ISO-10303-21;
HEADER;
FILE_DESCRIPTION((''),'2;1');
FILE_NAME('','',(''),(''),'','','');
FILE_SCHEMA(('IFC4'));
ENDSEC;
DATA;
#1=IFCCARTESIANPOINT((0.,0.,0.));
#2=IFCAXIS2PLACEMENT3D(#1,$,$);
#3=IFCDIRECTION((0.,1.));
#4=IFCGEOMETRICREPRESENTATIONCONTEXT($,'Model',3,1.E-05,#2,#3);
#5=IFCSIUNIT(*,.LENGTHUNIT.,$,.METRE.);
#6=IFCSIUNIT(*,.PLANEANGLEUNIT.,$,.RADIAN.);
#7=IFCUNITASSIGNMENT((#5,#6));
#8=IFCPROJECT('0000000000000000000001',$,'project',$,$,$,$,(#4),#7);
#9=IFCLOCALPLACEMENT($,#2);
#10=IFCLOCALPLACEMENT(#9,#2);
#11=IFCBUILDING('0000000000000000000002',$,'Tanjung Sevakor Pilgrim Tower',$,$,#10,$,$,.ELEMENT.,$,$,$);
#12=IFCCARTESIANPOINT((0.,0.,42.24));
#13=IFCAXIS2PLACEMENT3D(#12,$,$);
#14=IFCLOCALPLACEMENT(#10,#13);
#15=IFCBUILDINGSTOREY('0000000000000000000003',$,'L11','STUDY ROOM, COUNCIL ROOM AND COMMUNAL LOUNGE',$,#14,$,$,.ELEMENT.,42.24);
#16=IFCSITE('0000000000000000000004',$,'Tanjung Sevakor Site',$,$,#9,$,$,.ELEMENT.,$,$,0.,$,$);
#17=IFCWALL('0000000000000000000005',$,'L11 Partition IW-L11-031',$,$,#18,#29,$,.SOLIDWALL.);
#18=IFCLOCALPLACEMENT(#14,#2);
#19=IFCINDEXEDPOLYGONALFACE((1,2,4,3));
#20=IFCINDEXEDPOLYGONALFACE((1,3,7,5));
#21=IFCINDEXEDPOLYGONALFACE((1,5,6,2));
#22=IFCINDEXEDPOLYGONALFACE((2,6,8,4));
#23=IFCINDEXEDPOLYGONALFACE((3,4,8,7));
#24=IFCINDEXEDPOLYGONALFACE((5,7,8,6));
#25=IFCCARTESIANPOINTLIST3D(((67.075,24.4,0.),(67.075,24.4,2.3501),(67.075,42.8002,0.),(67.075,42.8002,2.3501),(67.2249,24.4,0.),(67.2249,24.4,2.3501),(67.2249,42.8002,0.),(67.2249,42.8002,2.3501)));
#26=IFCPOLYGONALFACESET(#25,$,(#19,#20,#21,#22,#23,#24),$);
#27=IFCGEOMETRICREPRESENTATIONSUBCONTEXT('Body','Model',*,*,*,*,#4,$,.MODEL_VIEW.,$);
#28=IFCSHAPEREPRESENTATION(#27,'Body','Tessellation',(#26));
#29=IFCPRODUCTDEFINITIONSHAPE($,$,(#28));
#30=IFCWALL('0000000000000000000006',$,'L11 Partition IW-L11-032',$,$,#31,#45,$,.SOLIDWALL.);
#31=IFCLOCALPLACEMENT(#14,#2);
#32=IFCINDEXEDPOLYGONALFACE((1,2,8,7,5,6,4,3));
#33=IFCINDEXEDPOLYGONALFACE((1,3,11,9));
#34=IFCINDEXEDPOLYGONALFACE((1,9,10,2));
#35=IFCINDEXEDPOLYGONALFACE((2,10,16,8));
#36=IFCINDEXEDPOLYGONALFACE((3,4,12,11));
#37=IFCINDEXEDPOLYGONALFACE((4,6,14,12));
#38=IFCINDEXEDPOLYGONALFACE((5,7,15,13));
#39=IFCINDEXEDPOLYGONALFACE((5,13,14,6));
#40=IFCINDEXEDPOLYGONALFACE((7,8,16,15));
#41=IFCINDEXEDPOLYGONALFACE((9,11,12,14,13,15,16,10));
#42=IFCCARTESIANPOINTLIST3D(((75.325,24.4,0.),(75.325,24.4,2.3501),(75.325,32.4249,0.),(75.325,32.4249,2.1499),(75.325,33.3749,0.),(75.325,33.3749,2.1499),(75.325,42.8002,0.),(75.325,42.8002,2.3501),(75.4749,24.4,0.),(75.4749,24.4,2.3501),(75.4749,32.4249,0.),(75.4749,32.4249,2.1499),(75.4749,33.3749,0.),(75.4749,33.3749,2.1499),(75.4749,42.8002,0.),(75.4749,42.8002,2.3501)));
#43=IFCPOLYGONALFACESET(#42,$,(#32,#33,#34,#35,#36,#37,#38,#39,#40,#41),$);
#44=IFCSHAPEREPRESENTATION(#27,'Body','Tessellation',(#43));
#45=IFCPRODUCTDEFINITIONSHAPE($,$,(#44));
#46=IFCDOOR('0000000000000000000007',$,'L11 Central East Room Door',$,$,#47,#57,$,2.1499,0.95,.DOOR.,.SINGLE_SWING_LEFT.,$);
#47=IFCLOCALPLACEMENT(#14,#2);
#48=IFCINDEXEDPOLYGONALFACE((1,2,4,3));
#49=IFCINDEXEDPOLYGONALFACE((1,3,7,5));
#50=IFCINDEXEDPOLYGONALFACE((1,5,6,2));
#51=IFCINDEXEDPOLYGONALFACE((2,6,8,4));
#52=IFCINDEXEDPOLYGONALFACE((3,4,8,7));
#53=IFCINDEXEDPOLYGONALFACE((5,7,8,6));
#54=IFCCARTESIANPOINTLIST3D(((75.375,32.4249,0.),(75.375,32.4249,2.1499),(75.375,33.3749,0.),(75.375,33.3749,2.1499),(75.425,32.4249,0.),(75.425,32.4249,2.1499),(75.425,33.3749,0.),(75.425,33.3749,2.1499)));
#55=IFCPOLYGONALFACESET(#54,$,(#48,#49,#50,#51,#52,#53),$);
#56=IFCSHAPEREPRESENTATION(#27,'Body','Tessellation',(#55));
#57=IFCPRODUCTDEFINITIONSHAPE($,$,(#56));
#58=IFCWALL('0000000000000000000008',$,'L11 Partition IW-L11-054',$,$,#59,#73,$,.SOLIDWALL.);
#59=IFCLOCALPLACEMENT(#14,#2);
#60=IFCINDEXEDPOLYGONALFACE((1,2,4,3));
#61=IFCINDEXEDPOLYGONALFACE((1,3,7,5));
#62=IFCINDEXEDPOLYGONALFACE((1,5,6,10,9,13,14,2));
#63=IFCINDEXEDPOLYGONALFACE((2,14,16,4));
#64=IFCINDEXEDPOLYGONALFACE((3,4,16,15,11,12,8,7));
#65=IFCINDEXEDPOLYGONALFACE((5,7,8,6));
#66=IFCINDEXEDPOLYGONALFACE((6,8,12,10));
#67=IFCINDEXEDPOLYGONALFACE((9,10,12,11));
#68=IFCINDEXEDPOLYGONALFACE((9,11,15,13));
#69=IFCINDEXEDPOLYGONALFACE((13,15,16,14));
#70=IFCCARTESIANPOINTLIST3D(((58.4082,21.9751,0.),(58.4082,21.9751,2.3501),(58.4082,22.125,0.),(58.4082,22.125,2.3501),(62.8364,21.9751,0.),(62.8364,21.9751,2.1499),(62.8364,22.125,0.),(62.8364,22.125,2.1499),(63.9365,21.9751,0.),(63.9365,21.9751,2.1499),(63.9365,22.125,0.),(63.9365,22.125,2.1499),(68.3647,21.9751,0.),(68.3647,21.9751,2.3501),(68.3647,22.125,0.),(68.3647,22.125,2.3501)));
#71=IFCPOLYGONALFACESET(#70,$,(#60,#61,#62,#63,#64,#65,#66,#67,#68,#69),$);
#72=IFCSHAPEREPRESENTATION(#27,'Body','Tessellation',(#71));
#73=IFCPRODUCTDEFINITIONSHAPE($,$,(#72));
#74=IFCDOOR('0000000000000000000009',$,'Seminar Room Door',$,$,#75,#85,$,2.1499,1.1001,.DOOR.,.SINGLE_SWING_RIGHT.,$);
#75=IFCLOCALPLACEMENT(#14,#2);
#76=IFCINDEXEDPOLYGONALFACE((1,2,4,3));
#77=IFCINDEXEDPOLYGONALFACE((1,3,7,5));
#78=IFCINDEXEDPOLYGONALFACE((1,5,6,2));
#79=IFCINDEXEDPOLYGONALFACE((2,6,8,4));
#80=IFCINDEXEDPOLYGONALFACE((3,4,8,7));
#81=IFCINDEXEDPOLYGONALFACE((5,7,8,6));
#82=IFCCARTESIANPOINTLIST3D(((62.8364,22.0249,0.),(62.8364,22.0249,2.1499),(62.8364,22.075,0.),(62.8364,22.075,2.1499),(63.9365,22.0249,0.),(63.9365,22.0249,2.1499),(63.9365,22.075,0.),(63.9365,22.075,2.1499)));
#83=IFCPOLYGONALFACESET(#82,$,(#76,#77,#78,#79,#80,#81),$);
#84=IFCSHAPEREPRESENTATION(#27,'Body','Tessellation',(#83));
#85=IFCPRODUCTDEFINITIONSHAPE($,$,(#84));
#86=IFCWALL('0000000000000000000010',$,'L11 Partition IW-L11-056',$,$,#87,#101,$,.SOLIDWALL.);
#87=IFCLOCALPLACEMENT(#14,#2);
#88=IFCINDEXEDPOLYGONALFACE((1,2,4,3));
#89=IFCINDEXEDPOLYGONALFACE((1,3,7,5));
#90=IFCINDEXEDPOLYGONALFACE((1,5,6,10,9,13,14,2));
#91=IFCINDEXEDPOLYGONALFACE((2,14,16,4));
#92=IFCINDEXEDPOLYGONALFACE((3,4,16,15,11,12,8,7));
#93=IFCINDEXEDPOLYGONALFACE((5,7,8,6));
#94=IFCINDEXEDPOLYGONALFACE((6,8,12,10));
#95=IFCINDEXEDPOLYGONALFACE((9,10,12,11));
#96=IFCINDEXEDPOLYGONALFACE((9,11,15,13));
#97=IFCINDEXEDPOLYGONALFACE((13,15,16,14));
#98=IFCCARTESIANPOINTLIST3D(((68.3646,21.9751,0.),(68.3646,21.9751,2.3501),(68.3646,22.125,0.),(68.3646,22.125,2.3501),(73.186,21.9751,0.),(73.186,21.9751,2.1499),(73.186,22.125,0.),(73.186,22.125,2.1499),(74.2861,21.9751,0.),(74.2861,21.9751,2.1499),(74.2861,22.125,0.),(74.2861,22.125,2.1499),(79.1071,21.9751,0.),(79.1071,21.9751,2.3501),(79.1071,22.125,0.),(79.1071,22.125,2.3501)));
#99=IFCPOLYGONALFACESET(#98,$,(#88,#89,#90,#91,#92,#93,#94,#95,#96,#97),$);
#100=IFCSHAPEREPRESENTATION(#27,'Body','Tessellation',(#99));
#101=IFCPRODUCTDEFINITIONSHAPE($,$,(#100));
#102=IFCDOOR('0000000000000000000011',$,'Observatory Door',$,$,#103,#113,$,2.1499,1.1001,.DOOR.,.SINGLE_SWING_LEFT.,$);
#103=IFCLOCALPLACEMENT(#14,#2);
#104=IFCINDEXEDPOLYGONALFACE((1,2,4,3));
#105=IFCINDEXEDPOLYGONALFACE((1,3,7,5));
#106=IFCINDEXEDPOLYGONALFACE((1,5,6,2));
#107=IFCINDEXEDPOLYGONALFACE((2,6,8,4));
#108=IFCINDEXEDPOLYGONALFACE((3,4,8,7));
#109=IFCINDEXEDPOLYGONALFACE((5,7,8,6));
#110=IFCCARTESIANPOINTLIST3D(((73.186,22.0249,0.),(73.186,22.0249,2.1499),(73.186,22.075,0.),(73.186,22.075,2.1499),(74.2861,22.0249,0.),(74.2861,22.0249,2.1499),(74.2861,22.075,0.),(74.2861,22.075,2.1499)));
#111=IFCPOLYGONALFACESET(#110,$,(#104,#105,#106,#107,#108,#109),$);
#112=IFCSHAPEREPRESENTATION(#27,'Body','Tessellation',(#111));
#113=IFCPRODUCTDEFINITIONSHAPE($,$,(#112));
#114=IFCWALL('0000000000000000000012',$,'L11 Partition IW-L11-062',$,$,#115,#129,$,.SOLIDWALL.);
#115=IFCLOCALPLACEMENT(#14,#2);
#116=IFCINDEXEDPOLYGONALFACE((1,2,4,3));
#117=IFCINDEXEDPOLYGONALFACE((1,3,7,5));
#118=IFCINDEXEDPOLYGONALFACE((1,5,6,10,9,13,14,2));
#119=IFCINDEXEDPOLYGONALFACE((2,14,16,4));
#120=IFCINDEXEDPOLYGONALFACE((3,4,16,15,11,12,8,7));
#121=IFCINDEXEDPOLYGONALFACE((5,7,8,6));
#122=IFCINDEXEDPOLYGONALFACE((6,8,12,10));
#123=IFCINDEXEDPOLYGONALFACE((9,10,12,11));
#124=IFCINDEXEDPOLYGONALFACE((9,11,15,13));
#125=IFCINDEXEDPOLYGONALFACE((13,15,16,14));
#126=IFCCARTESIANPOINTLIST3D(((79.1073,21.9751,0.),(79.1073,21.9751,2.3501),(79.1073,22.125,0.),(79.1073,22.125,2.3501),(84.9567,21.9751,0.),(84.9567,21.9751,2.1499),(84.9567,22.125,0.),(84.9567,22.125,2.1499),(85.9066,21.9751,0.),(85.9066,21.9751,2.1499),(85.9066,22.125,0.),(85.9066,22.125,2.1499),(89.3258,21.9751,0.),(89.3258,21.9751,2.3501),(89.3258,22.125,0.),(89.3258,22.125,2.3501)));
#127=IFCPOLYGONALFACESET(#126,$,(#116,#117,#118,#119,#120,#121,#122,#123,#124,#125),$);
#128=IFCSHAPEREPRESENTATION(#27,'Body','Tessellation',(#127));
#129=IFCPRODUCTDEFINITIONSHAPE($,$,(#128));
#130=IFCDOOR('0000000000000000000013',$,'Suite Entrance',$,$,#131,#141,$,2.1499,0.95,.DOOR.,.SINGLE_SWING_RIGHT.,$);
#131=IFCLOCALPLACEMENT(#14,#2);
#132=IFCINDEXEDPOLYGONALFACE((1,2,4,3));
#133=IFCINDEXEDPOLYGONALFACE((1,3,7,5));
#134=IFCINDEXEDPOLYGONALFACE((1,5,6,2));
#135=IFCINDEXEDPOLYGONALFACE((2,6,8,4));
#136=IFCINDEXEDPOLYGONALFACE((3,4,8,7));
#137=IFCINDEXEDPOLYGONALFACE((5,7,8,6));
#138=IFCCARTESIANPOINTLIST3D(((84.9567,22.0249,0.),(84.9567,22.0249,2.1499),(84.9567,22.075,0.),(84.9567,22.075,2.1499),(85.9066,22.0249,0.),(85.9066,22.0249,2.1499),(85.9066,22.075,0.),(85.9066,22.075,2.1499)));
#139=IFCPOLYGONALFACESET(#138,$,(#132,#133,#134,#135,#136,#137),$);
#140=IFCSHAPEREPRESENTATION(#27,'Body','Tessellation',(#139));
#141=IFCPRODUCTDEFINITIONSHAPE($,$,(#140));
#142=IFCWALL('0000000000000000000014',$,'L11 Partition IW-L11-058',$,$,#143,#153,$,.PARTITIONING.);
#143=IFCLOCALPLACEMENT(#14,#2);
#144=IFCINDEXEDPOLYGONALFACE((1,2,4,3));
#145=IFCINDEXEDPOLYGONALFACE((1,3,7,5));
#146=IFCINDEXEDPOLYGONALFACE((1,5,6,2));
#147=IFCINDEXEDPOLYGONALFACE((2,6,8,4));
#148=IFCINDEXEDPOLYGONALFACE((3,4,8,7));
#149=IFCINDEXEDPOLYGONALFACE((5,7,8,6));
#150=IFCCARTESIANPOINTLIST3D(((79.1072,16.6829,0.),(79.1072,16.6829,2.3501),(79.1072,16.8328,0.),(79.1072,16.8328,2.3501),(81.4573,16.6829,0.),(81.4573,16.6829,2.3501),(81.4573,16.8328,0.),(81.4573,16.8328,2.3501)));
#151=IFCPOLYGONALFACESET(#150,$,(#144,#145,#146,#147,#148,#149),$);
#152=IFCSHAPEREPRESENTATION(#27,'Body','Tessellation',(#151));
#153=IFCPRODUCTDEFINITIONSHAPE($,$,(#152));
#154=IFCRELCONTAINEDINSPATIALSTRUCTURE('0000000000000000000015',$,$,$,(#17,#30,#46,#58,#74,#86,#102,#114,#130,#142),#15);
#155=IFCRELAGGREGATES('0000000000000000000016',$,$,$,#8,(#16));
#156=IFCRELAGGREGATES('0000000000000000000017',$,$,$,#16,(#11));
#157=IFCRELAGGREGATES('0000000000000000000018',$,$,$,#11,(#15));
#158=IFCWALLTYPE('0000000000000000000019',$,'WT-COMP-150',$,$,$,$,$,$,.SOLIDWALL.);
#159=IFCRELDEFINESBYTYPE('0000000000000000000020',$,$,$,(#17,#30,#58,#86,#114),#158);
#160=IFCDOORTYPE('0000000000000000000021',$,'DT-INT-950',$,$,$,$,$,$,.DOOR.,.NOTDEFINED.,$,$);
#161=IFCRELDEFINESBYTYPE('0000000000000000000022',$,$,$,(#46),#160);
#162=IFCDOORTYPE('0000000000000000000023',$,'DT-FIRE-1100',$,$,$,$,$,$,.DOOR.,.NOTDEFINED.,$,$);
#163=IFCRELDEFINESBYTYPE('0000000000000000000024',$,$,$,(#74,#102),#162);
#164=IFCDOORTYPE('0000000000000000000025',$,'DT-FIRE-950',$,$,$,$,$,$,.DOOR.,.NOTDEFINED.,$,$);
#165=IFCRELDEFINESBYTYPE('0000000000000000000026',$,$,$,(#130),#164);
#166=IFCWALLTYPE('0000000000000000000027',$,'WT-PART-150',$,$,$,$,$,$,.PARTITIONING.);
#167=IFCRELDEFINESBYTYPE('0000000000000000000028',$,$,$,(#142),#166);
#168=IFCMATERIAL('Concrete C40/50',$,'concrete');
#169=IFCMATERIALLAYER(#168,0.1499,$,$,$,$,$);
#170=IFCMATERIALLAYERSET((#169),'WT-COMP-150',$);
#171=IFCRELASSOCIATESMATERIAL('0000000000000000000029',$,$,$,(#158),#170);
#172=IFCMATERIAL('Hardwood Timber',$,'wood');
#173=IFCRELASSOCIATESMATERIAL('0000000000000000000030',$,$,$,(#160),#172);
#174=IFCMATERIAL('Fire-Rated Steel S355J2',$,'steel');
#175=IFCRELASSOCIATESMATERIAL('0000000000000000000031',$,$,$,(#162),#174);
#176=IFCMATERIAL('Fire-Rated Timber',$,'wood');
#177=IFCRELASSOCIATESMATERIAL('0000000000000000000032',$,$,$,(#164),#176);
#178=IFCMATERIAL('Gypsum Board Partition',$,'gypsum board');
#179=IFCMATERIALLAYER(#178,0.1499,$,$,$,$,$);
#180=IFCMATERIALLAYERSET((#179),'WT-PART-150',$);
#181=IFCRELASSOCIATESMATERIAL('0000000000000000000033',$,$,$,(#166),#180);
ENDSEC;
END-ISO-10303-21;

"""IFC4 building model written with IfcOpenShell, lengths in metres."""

from ifc_helpers import new_model, si_unit, direction, frame, frame_2d, origin, place, context, subcontext, project, spatial, rectangle, extrude, material, layer, layer_set, type_object, element, fill, save


model = new_model("IFC4")

# Units and contexts
model_context = context("Model", 3, precision=1e-05, world=origin(), true_north=direction((0.0, 1.0)))
body_context = subcontext(model_context, "Body", "Model", "MODEL_VIEW")
ifc_project = project(units=[si_unit("LENGTHUNIT", "METRE"), si_unit("PLANEANGLEUNIT", "RADIAN")], contexts=[model_context])

# Site, building, storey
site_placement = place(None, origin())
site = spatial("IfcSite", under=ifc_project, at=site_placement, Name="Tanjung Sevakor Site", CompositionType="ELEMENT", RefElevation=0.0)
building_placement = place(site_placement, origin())
building = spatial("IfcBuilding", under=site, at=building_placement, Name="Tanjung Sevakor Pilgrim Tower", CompositionType="ELEMENT")
storey_placement = place(building_placement, frame((0.0, 0.0, 42.24)))
storey = spatial("IfcBuildingStorey", under=building, at=storey_placement, Name="L11", Description="STUDY ROOM, COUNCIL ROOM AND COMMUNAL LOUNGE", CompositionType="ELEMENT", Elevation=42.24)

# Wall
ifc_material_1 = material(Name="Concrete C40/50", Category="concrete")
ifc_layer_1 = layer(ifc_material_1, 0.1499)
ifc_layer_set_1 = layer_set([ifc_layer_1], Name="WT-COMP-150")
wall_type_1 = type_object("IfcWallType", Name="WT-COMP-150", PredefinedType="SOLIDWALL", material=ifc_layer_set_1)
wall_1_placement = place(storey_placement, frame((67.1499, 24.3999, 0.0), z_axis=(0.0, 0.0, 1.0), x_axis=(0.0, 1.0, 0.0)))
element("IfcWall", 1, at=wall_1_placement, inside=storey, type_object=wall_type_1, Name="L11 Partition IW-L11-031", PredefinedType="SOLIDWALL", context=body_context, shape_type="SweptSolid", body=[
    extrude(rectangle(XDim=18.4001, YDim=0.1499, at=frame_2d((9.2002, 0.0))), origin(), (0.0, 0.0, 1.0), 2.3501),
])

# Walls, openings, doors
wall_2_placement = place(storey_placement, frame((75.3999, 24.3999, 0.0), z_axis=(0.0, 0.0, 1.0), x_axis=(0.0, 1.0, 0.0)))
wall_2 = element("IfcWall", 2, at=wall_2_placement, inside=storey, type_object=wall_type_1, Name="L11 Partition IW-L11-032", PredefinedType="SOLIDWALL", context=body_context, shape_type="SweptSolid", body=[
    extrude(rectangle(XDim=18.4001, YDim=0.1499, at=frame_2d((9.2002, 0.0))), origin(), (0.0, 0.0, 1.0), 2.3501),
])
opening_1_placement = place(wall_2_placement, frame((8.0249, 0.0, 0.0)))
opening_1 = element("IfcOpeningElement", 3, at=opening_1_placement, cuts=wall_2, PredefinedType="OPENING", context=body_context, shape_type="SweptSolid", body=[
    extrude(rectangle(XDim=0.95, YDim=2.1499, at=frame_2d((0.4751, 1.075))), frame((0.0, 0.085, 0.0), z_axis=(0.0, -1.0, 0.0), x_axis=(1.0, 0.0, 0.0)), (0.0, 0.0, 1.0), 0.1699),
])
ifc_material_2 = material(Name="Hardwood Timber", Category="wood")
door_type_1 = type_object("IfcDoorType", Name="DT-INT-950", OperationType="NOTDEFINED", PredefinedType="DOOR", material=ifc_material_2)
door_1_placement = place(opening_1_placement, origin())
door_1 = element("IfcDoor", 4, at=door_1_placement, inside=storey, type_object=door_type_1, Name="L11 Central East Room Door", OperationType="SINGLE_SWING_LEFT", OverallHeight=2.1499, OverallWidth=0.95, PredefinedType="DOOR", context=body_context, shape_type="SweptSolid", body=[
    extrude(rectangle(XDim=0.95, YDim=2.1499, at=frame_2d((0.4751, 1.075))), frame((0.0, 0.0249, 0.0), z_axis=(0.0, -1.0, 0.0), x_axis=(1.0, 0.0, 0.0)), (0.0, 0.0, 1.0), 0.05),
])
fill(opening_1, door_1)
wall_3_placement = place(storey_placement, frame((58.4082, 22.05, 0.0), z_axis=(0.0, 0.0, 1.0), x_axis=(1.0, 0.0, 0.0)))
wall_3 = element("IfcWall", 5, at=wall_3_placement, inside=storey, type_object=wall_type_1, Name="L11 Partition IW-L11-054", PredefinedType="SOLIDWALL", context=body_context, shape_type="SweptSolid", body=[
    extrude(rectangle(XDim=9.9565, YDim=0.1499, at=frame_2d((4.9783, 0.0))), origin(), (0.0, 0.0, 1.0), 2.3501),
])
opening_2_placement = place(wall_3_placement, frame((4.4282, 0.0, 0.0)))
opening_2 = element("IfcOpeningElement", 6, at=opening_2_placement, cuts=wall_3, PredefinedType="OPENING", context=body_context, shape_type="SweptSolid", body=[
    extrude(rectangle(XDim=1.1001, YDim=2.1499, at=frame_2d((0.55, 1.075))), frame((0.0, 0.085, 0.0), z_axis=(0.0, -1.0, 0.0), x_axis=(1.0, 0.0, 0.0)), (0.0, 0.0, 1.0), 0.1699),
])
ifc_material_3 = material(Name="Fire-Rated Steel S355J2", Category="steel")
door_type_2 = type_object("IfcDoorType", Name="DT-FIRE-1100", OperationType="NOTDEFINED", PredefinedType="DOOR", material=ifc_material_3)
door_2_placement = place(opening_2_placement, origin())
door_2 = element("IfcDoor", 7, at=door_2_placement, inside=storey, type_object=door_type_2, Name="Seminar Room Door", OperationType="SINGLE_SWING_RIGHT", OverallHeight=2.1499, OverallWidth=1.1001, PredefinedType="DOOR", context=body_context, shape_type="SweptSolid", body=[
    extrude(rectangle(XDim=1.1001, YDim=2.1499, at=frame_2d((0.55, 1.075))), frame((0.0, 0.0249, 0.0), z_axis=(0.0, -1.0, 0.0), x_axis=(1.0, 0.0, 0.0)), (0.0, 0.0, 1.0), 0.05),
])
fill(opening_2, door_2)
wall_4_placement = place(storey_placement, frame((68.3647, 22.05, 0.0), z_axis=(0.0, 0.0, 1.0), x_axis=(1.0, 0.0, 0.0)))
wall_4 = element("IfcWall", 8, at=wall_4_placement, inside=storey, type_object=wall_type_1, Name="L11 Partition IW-L11-056", PredefinedType="SOLIDWALL", context=body_context, shape_type="SweptSolid", body=[
    extrude(rectangle(XDim=10.7424, YDim=0.1499, at=frame_2d((5.3711, 0.0))), origin(), (0.0, 0.0, 1.0), 2.3501),
])
opening_3_placement = place(wall_4_placement, frame((4.8213, 0.0, 0.0)))
opening_3 = element("IfcOpeningElement", 9, at=opening_3_placement, cuts=wall_4, PredefinedType="OPENING", context=body_context, shape_type="SweptSolid", body=[
    extrude(rectangle(XDim=1.1001, YDim=2.1499, at=frame_2d((0.55, 1.075))), frame((0.0, 0.085, 0.0), z_axis=(0.0, -1.0, 0.0), x_axis=(1.0, 0.0, 0.0)), (0.0, 0.0, 1.0), 0.1699),
])
door_3_placement = place(opening_3_placement, origin())
door_3 = element("IfcDoor", 10, at=door_3_placement, inside=storey, type_object=door_type_2, Name="Observatory Door", OperationType="SINGLE_SWING_LEFT", OverallHeight=2.1499, OverallWidth=1.1001, PredefinedType="DOOR", context=body_context, shape_type="SweptSolid", body=[
    extrude(rectangle(XDim=1.1001, YDim=2.1499, at=frame_2d((0.55, 1.075))), frame((0.0, 0.0249, 0.0), z_axis=(0.0, -1.0, 0.0), x_axis=(1.0, 0.0, 0.0)), (0.0, 0.0, 1.0), 0.05),
])
fill(opening_3, door_3)
wall_5_placement = place(storey_placement, frame((79.1072, 22.05, 0.0), z_axis=(0.0, 0.0, 1.0), x_axis=(1.0, 0.0, 0.0)))
wall_5 = element("IfcWall", 11, at=wall_5_placement, inside=storey, type_object=wall_type_1, Name="L11 Partition IW-L11-062", PredefinedType="SOLIDWALL", context=body_context, shape_type="SweptSolid", body=[
    extrude(rectangle(XDim=10.2185, YDim=0.1499, at=frame_2d((5.1094, 0.0))), origin(), (0.0, 0.0, 1.0), 2.3501),
])
opening_4_placement = place(wall_5_placement, frame((5.8494, 0.0, 0.0)))
opening_4 = element("IfcOpeningElement", 12, at=opening_4_placement, cuts=wall_5, PredefinedType="OPENING", context=body_context, shape_type="SweptSolid", body=[
    extrude(rectangle(XDim=0.95, YDim=2.1499, at=frame_2d((0.4751, 1.075))), frame((0.0, 0.085, 0.0), z_axis=(0.0, -1.0, 0.0), x_axis=(1.0, 0.0, 0.0)), (0.0, 0.0, 1.0), 0.1699),
])
ifc_material_4 = material(Name="Fire-Rated Timber", Category="wood")
door_type_3 = type_object("IfcDoorType", Name="DT-FIRE-950", OperationType="NOTDEFINED", PredefinedType="DOOR", material=ifc_material_4)
door_4_placement = place(opening_4_placement, origin())
door_4 = element("IfcDoor", 13, at=door_4_placement, inside=storey, type_object=door_type_3, Name="Suite Entrance", OperationType="SINGLE_SWING_RIGHT", OverallHeight=2.1499, OverallWidth=0.95, PredefinedType="DOOR", context=body_context, shape_type="SweptSolid", body=[
    extrude(rectangle(XDim=0.95, YDim=2.1499, at=frame_2d((0.4751, 1.075))), frame((0.0, 0.0249, 0.0), z_axis=(0.0, -1.0, 0.0), x_axis=(1.0, 0.0, 0.0)), (0.0, 0.0, 1.0), 0.05),
])
fill(opening_4, door_4)

# Wall
ifc_material_5 = material(Name="Gypsum Board Partition", Category="gypsum board")
ifc_layer_2 = layer(ifc_material_5, 0.1499)
ifc_layer_set_2 = layer_set([ifc_layer_2], Name="WT-PART-150")
wall_type_2 = type_object("IfcWallType", Name="WT-PART-150", PredefinedType="PARTITIONING", material=ifc_layer_set_2)
wall_6_placement = place(storey_placement, frame((79.1072, 16.7578, 0.0), z_axis=(0.0, 0.0, 1.0), x_axis=(1.0, 0.0, 0.0)))
element("IfcWall", 14, at=wall_6_placement, inside=storey, type_object=wall_type_2, Name="L11 Partition IW-L11-058", PredefinedType="PARTITIONING", context=body_context, shape_type="SweptSolid", body=[
    extrude(rectangle(XDim=2.3501, YDim=0.1499, at=frame_2d((1.175, 0.0))), origin(), (0.0, 0.0, 1.0), 2.3501),
])

save(model, "model.ifc")
